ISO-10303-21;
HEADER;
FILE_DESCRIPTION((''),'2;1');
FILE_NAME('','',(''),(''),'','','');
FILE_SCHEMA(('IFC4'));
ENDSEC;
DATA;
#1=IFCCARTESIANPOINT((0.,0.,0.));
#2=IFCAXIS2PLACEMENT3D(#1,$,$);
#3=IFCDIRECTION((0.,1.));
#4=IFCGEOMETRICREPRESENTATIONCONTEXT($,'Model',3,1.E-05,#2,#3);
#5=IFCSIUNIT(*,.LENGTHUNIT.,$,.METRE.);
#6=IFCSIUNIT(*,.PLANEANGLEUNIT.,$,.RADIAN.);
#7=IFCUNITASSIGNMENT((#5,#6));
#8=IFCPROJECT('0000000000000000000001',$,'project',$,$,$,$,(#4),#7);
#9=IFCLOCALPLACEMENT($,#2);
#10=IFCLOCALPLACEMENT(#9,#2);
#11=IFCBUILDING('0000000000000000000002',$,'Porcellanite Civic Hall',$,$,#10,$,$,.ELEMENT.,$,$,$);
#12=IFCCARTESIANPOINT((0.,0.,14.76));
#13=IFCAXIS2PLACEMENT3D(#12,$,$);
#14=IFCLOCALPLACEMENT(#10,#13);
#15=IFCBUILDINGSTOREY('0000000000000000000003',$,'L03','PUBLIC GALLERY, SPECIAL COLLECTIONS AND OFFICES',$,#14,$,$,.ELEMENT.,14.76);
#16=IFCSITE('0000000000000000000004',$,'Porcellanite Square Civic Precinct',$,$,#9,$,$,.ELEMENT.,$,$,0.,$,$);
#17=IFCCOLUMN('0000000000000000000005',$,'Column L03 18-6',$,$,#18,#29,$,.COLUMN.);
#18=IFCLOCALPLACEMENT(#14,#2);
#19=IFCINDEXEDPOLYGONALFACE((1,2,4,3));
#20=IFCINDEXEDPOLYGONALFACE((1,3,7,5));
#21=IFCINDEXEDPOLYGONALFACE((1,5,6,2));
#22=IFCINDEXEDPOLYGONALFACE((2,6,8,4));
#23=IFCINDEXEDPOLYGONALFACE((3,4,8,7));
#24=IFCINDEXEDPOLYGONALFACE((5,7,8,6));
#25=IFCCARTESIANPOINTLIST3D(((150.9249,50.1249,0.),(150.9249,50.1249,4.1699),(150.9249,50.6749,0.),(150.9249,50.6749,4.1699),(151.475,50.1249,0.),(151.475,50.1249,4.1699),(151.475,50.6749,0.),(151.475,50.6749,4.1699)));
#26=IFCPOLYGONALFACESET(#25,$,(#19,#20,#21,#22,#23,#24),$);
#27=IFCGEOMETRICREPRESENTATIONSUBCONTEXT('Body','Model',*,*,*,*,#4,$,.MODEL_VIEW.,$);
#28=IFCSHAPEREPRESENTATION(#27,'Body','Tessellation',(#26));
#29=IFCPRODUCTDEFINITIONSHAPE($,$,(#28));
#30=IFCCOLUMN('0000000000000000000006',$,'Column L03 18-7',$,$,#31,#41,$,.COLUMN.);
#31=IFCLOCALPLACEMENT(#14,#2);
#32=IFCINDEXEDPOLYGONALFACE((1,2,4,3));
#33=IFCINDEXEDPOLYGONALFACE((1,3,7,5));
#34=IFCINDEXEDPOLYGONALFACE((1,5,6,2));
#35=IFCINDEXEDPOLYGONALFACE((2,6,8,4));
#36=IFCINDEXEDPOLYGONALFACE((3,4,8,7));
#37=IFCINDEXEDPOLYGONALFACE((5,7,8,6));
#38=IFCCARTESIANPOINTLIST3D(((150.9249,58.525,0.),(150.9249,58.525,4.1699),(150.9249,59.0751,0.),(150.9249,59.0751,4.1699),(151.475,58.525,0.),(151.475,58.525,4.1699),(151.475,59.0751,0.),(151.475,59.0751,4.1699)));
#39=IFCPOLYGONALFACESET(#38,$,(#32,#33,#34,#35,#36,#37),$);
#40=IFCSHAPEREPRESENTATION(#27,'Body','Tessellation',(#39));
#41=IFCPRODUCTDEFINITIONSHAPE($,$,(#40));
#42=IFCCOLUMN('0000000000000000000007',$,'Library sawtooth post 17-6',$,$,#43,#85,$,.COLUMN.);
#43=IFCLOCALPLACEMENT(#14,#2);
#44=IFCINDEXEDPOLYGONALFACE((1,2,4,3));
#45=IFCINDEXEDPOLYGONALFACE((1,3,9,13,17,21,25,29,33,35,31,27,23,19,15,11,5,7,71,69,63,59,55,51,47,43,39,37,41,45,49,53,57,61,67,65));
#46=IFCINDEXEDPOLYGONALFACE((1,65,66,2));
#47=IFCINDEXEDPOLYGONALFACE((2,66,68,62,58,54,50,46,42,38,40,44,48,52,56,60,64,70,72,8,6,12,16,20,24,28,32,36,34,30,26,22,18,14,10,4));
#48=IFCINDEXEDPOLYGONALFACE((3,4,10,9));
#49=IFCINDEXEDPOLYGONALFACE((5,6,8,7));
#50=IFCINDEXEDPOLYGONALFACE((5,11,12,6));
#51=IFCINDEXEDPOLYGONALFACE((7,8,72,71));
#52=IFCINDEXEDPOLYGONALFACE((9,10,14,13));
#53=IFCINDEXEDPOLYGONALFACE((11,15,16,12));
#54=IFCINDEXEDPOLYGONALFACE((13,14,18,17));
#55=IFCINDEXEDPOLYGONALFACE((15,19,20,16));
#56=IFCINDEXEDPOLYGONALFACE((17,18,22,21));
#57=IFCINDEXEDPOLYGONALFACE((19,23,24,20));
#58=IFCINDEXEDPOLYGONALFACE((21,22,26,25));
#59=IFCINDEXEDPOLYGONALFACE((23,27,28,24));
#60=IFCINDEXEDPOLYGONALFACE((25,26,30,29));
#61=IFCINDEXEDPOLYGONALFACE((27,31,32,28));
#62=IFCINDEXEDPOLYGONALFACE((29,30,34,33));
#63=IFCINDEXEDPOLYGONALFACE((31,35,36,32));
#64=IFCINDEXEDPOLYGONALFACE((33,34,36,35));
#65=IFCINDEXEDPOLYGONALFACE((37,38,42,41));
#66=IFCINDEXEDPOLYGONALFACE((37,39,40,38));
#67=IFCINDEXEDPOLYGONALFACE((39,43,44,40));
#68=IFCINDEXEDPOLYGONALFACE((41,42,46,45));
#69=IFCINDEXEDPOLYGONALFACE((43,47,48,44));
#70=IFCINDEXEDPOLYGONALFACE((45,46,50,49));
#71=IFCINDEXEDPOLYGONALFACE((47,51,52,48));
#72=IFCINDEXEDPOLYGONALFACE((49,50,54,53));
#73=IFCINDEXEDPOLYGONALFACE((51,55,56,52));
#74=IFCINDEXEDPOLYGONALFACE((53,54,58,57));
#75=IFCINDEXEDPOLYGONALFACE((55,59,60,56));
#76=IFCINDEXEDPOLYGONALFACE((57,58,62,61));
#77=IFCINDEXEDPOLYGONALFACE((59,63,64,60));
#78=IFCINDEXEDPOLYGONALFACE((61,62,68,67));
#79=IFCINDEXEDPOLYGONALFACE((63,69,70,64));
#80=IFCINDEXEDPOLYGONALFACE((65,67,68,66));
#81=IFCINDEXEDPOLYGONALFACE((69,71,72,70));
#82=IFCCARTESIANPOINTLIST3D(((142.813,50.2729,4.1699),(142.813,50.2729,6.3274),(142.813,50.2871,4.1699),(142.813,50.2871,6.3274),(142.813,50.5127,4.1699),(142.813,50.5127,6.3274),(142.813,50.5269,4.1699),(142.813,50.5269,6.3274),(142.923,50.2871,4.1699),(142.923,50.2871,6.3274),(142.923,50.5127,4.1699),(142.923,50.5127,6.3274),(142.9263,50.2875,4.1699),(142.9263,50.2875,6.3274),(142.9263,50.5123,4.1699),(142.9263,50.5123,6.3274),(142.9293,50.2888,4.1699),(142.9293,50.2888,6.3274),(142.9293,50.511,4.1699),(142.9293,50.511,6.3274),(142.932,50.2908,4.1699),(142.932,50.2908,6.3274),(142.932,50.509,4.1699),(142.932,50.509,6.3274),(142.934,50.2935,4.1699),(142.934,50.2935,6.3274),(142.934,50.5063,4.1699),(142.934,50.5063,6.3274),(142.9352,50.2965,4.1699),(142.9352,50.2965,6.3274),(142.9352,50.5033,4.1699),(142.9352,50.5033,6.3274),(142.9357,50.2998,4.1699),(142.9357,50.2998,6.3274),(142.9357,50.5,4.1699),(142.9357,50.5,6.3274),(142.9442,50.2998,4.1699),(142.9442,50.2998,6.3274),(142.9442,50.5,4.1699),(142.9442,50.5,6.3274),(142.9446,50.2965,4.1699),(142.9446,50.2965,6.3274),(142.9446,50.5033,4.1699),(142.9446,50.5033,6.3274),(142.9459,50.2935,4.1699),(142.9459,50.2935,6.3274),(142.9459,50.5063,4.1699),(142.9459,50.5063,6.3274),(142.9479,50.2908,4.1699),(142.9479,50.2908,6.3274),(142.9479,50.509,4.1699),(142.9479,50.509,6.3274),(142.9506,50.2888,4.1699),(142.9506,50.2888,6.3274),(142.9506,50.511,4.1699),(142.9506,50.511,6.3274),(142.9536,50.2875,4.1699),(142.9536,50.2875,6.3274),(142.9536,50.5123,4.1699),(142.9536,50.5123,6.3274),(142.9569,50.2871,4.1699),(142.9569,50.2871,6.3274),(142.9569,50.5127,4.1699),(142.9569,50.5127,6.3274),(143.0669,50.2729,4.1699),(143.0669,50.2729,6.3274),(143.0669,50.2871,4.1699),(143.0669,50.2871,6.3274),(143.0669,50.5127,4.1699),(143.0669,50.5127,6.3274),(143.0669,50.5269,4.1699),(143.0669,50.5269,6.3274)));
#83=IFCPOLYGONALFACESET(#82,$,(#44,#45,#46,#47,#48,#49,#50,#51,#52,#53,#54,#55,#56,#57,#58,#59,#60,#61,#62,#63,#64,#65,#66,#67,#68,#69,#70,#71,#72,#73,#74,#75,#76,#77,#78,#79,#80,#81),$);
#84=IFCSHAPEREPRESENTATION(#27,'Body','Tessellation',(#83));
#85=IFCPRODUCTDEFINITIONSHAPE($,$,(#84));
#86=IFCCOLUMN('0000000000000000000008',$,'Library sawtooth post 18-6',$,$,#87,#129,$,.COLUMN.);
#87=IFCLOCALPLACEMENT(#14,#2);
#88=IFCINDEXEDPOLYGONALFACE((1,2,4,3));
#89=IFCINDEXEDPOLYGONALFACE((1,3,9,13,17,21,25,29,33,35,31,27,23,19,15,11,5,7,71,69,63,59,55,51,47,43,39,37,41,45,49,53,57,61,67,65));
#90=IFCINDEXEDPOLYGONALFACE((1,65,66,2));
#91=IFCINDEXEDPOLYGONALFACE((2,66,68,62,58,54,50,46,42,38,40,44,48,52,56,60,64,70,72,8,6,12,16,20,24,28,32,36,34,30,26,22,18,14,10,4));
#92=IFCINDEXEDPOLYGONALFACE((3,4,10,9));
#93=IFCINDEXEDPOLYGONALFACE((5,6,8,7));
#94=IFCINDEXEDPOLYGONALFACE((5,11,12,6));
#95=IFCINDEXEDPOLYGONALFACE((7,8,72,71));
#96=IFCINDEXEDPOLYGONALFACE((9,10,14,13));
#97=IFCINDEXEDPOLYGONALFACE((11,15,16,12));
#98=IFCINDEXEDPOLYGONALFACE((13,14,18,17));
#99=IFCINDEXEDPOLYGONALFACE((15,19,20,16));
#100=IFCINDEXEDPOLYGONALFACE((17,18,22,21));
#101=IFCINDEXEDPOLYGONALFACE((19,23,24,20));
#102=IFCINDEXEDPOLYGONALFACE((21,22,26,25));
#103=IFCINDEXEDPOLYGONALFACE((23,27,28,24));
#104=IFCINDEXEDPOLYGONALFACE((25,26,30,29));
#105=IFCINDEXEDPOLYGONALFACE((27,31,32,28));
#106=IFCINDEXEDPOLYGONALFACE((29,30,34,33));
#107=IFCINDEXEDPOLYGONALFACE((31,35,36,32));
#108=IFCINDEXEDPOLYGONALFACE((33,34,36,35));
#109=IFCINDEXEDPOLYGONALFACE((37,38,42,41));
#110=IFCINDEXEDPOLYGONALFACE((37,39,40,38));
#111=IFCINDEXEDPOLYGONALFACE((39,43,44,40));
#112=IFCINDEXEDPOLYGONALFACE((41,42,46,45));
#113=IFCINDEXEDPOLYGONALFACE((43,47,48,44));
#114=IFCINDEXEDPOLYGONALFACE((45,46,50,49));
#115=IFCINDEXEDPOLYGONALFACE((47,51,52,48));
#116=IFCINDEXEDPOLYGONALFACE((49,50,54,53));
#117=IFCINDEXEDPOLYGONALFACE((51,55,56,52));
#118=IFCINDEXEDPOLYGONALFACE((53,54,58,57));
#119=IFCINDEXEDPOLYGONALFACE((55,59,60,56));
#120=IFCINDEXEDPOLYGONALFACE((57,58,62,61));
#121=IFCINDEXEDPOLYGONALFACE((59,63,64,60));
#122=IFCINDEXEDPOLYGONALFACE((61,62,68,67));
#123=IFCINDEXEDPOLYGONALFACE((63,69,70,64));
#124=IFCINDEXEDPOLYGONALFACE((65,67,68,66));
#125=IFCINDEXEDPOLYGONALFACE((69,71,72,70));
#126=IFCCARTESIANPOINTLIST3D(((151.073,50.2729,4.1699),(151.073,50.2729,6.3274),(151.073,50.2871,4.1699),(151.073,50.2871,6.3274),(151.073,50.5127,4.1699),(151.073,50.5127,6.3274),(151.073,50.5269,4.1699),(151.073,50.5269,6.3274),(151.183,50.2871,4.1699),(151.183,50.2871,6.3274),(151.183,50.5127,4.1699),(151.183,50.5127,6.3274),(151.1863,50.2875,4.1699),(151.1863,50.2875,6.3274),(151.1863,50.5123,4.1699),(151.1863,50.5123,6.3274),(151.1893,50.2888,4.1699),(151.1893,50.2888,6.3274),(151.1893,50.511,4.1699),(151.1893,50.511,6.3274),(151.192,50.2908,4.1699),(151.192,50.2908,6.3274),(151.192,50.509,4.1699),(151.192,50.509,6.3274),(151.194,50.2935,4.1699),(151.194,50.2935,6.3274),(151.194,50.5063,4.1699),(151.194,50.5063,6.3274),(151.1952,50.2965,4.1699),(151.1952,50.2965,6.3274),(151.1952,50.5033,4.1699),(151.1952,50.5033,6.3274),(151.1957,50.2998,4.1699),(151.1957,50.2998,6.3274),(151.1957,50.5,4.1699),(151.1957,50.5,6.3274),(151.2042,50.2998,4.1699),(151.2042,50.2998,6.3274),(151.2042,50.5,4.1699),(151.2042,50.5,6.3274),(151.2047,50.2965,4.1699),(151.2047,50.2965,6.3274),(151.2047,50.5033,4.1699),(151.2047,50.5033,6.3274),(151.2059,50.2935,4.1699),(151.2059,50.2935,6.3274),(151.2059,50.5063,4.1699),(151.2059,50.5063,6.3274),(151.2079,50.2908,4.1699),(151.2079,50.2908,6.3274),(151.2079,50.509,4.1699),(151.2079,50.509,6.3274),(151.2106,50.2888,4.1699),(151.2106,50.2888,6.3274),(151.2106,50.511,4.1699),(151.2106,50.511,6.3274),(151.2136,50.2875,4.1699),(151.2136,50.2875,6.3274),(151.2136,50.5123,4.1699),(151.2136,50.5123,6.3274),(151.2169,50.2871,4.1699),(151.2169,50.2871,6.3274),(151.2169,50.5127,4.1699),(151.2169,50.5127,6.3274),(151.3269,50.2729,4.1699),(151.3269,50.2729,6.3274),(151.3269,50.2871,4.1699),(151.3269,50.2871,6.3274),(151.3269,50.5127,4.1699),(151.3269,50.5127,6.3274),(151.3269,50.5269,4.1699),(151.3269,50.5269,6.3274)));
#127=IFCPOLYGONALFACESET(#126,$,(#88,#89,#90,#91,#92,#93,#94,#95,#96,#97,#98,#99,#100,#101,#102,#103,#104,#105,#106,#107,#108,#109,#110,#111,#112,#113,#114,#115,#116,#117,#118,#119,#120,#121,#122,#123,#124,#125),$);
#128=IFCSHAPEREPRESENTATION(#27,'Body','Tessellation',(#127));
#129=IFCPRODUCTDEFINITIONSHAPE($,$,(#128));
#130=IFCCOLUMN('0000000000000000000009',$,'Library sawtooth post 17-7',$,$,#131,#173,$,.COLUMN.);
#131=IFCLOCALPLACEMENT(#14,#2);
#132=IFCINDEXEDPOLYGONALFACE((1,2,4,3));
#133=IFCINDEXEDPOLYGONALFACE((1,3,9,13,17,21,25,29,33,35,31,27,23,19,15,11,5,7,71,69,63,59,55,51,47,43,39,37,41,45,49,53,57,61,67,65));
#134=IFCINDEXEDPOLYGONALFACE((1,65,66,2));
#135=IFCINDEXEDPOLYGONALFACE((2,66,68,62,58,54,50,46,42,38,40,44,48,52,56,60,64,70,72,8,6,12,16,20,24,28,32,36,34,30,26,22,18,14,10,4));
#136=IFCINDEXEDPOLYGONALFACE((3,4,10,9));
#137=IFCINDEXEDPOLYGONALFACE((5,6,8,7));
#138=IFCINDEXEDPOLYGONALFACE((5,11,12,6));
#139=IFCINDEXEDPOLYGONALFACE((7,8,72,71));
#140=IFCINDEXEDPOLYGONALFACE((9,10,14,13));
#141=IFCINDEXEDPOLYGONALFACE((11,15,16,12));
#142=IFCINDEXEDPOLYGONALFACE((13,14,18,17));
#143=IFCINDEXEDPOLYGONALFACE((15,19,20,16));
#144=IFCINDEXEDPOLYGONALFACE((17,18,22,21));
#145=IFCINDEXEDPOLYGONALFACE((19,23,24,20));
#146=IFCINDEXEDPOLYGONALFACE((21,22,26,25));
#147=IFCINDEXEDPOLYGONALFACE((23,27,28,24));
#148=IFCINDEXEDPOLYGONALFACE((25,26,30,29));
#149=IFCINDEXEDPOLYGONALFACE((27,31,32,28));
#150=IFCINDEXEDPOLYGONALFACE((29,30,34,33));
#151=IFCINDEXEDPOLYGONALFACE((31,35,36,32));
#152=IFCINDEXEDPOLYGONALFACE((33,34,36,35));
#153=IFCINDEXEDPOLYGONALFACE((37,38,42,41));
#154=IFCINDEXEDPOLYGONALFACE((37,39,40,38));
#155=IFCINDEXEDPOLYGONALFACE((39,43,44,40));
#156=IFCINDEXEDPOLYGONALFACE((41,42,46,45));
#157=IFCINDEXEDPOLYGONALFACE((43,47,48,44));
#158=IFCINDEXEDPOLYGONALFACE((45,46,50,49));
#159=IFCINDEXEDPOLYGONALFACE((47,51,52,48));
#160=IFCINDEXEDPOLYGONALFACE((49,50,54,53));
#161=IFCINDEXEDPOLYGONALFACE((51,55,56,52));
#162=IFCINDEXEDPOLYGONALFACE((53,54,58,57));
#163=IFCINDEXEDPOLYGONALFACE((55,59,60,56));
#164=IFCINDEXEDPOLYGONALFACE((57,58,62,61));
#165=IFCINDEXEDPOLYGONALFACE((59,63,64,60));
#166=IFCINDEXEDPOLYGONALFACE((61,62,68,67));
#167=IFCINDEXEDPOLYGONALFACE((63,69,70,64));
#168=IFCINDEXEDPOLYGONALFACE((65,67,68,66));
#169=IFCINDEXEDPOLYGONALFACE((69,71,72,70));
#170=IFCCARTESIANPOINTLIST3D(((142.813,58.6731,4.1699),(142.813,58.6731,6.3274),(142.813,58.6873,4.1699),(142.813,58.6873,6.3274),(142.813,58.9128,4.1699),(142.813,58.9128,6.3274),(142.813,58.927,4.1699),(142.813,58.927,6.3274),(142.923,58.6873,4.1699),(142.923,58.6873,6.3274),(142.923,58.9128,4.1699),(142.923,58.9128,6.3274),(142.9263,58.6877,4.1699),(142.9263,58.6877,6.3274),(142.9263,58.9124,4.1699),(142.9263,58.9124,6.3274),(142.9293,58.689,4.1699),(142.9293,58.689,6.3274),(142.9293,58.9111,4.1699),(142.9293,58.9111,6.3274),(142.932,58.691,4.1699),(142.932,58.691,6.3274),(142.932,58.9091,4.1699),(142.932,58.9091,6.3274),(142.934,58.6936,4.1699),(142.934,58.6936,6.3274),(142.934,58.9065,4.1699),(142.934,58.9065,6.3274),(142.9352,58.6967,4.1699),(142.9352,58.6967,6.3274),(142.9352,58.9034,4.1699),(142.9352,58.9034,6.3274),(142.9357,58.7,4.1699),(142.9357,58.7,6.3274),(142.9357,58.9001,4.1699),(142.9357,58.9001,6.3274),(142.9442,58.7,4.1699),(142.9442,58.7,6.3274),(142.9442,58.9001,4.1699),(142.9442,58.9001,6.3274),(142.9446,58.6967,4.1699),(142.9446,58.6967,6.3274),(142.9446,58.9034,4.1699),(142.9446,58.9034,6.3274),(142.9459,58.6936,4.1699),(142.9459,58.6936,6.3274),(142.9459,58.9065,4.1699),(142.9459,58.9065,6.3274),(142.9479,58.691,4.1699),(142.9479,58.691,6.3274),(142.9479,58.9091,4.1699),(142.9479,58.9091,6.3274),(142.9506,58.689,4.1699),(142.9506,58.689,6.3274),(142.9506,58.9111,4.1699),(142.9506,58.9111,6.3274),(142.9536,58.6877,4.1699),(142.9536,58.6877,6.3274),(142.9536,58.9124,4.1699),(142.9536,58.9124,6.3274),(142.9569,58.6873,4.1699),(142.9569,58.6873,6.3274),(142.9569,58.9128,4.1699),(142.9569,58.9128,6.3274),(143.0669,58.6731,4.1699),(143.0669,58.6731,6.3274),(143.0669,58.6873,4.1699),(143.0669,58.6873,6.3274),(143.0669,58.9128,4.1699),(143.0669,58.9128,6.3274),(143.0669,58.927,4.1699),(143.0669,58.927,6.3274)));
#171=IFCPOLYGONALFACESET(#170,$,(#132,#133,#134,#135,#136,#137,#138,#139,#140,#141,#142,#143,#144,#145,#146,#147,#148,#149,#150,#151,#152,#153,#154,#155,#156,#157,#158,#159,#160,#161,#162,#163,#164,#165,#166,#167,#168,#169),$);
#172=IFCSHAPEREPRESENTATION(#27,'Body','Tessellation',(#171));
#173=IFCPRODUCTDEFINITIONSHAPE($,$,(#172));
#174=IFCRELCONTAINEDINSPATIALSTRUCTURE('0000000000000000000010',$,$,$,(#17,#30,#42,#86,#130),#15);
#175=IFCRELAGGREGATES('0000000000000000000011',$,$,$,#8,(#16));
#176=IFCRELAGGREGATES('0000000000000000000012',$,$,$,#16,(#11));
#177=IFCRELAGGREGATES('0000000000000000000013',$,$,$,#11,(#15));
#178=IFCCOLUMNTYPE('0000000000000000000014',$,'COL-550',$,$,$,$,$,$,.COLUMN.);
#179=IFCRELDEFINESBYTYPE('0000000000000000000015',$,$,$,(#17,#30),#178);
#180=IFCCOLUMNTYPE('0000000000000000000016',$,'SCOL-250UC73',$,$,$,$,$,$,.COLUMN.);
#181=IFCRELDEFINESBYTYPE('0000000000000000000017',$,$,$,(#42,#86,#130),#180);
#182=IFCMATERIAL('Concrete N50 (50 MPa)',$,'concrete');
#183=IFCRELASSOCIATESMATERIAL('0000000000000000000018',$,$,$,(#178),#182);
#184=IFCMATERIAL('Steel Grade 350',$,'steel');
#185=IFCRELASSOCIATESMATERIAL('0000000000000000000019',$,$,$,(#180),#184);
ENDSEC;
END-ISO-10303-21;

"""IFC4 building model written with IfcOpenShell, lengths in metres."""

from ifc_helpers import new_model, si_unit, direction, frame, origin, origin_2d, place, context, subcontext, project, spatial, rectangle, i_section, extrude, material, material_profile, profile_set, type_object, element, save


model = new_model("IFC4")

# Units and contexts
model_context = context("Model", 3, precision=1e-05, world=origin(), true_north=direction((0.0, 1.0)))
body_context = subcontext(model_context, "Body", "Model", "MODEL_VIEW")
ifc_project = project(units=[si_unit("LENGTHUNIT", "METRE"), si_unit("PLANEANGLEUNIT", "RADIAN")], contexts=[model_context])

# Site, building, storey
site_placement = place(None, origin())
site = spatial("IfcSite", under=ifc_project, at=site_placement, Name="Porcellanite Square Civic Precinct", CompositionType="ELEMENT", RefElevation=0.0)
building_placement = place(site_placement, origin())
building = spatial("IfcBuilding", under=site, at=building_placement, Name="Porcellanite Civic Hall", CompositionType="ELEMENT")
storey_placement = place(building_placement, frame((0.0, 0.0, 14.76)))
storey = spatial("IfcBuildingStorey", under=building, at=storey_placement, Name="L03", Description="PUBLIC GALLERY, SPECIAL COLLECTIONS AND OFFICES", CompositionType="ELEMENT", Elevation=14.76)

# Columns
ifc_material_1 = material(Name="Concrete N50 (50 MPa)", Category="concrete")
ifc_material_profile_1 = material_profile(ifc_material_1, rectangle(XDim=0.55, YDim=0.55, at=origin_2d()), Name="RC-550x550")
ifc_profile_set_1 = profile_set([ifc_material_profile_1], Name="Concrete N50 (50 MPa)")
column_type_1 = type_object("IfcColumnType", Name="COL-550", PredefinedType="COLUMN", material=ifc_profile_set_1)
for number, where, z_axis, x_axis, name in (
    (1, (151.2, 50.3999, 0.0), (0.0, 0.0, 1.0), (1.0, 0.0, 0.0), "Column L03 18-6"),
    (2, (151.2, 58.8, 0.0), (0.0, 0.0, 1.0), (1.0, 0.0, 0.0), "Column L03 18-7"),
):
    element("IfcColumn", number, at=place(storey_placement, frame(where, z_axis=z_axis, x_axis=x_axis)), inside=storey, type_object=column_type_1, Name=name, PredefinedType="COLUMN", context=body_context, shape_type="SweptSolid", body=[
        extrude(rectangle(XDim=0.55, YDim=0.55, at=origin_2d()), origin(), (0.0, 0.0, 1.0), 4.1699),
    ])
ifc_material_2 = material(Name="Steel Grade 350", Category="steel")
ifc_material_profile_2 = material_profile(ifc_material_2, i_section(OverallWidth=0.2539, OverallDepth=0.2539, WebThickness=0.0085, FlangeThickness=0.0142, FilletRadius=0.0127, at=origin_2d()), Name="250UC72.9")
ifc_profile_set_2 = profile_set([ifc_material_profile_2], Name="Steel Grade 350")
column_type_2 = type_object("IfcColumnType", Name="SCOL-250UC73", PredefinedType="COLUMN", material=ifc_profile_set_2)
for number, where, z_axis, x_axis, name in (
    (3, (142.9399, 50.3999, 4.1699), (0.0, 0.0, 1.0), (1.0, 0.0, 0.0), "Library sawtooth post 17-6"),
    (4, (151.2, 50.3999, 4.1699), (0.0, 0.0, 1.0), (1.0, 0.0, 0.0), "Library sawtooth post 18-6"),
    (5, (142.9399, 58.8, 4.1699), (0.0, 0.0, 1.0), (1.0, 0.0, 0.0), "Library sawtooth post 17-7"),
):
    element("IfcColumn", number, at=place(storey_placement, frame(where, z_axis=z_axis, x_axis=x_axis)), inside=storey, type_object=column_type_2, Name=name, PredefinedType="COLUMN", context=body_context, shape_type="SweptSolid", body=[
        extrude(i_section(OverallWidth=0.2539, OverallDepth=0.2539, WebThickness=0.0085, FlangeThickness=0.0142, FilletRadius=0.0127, at=origin_2d()), origin(), (0.0, 0.0, 1.0), 2.1575),
    ])

save(model, "model.ifc")
